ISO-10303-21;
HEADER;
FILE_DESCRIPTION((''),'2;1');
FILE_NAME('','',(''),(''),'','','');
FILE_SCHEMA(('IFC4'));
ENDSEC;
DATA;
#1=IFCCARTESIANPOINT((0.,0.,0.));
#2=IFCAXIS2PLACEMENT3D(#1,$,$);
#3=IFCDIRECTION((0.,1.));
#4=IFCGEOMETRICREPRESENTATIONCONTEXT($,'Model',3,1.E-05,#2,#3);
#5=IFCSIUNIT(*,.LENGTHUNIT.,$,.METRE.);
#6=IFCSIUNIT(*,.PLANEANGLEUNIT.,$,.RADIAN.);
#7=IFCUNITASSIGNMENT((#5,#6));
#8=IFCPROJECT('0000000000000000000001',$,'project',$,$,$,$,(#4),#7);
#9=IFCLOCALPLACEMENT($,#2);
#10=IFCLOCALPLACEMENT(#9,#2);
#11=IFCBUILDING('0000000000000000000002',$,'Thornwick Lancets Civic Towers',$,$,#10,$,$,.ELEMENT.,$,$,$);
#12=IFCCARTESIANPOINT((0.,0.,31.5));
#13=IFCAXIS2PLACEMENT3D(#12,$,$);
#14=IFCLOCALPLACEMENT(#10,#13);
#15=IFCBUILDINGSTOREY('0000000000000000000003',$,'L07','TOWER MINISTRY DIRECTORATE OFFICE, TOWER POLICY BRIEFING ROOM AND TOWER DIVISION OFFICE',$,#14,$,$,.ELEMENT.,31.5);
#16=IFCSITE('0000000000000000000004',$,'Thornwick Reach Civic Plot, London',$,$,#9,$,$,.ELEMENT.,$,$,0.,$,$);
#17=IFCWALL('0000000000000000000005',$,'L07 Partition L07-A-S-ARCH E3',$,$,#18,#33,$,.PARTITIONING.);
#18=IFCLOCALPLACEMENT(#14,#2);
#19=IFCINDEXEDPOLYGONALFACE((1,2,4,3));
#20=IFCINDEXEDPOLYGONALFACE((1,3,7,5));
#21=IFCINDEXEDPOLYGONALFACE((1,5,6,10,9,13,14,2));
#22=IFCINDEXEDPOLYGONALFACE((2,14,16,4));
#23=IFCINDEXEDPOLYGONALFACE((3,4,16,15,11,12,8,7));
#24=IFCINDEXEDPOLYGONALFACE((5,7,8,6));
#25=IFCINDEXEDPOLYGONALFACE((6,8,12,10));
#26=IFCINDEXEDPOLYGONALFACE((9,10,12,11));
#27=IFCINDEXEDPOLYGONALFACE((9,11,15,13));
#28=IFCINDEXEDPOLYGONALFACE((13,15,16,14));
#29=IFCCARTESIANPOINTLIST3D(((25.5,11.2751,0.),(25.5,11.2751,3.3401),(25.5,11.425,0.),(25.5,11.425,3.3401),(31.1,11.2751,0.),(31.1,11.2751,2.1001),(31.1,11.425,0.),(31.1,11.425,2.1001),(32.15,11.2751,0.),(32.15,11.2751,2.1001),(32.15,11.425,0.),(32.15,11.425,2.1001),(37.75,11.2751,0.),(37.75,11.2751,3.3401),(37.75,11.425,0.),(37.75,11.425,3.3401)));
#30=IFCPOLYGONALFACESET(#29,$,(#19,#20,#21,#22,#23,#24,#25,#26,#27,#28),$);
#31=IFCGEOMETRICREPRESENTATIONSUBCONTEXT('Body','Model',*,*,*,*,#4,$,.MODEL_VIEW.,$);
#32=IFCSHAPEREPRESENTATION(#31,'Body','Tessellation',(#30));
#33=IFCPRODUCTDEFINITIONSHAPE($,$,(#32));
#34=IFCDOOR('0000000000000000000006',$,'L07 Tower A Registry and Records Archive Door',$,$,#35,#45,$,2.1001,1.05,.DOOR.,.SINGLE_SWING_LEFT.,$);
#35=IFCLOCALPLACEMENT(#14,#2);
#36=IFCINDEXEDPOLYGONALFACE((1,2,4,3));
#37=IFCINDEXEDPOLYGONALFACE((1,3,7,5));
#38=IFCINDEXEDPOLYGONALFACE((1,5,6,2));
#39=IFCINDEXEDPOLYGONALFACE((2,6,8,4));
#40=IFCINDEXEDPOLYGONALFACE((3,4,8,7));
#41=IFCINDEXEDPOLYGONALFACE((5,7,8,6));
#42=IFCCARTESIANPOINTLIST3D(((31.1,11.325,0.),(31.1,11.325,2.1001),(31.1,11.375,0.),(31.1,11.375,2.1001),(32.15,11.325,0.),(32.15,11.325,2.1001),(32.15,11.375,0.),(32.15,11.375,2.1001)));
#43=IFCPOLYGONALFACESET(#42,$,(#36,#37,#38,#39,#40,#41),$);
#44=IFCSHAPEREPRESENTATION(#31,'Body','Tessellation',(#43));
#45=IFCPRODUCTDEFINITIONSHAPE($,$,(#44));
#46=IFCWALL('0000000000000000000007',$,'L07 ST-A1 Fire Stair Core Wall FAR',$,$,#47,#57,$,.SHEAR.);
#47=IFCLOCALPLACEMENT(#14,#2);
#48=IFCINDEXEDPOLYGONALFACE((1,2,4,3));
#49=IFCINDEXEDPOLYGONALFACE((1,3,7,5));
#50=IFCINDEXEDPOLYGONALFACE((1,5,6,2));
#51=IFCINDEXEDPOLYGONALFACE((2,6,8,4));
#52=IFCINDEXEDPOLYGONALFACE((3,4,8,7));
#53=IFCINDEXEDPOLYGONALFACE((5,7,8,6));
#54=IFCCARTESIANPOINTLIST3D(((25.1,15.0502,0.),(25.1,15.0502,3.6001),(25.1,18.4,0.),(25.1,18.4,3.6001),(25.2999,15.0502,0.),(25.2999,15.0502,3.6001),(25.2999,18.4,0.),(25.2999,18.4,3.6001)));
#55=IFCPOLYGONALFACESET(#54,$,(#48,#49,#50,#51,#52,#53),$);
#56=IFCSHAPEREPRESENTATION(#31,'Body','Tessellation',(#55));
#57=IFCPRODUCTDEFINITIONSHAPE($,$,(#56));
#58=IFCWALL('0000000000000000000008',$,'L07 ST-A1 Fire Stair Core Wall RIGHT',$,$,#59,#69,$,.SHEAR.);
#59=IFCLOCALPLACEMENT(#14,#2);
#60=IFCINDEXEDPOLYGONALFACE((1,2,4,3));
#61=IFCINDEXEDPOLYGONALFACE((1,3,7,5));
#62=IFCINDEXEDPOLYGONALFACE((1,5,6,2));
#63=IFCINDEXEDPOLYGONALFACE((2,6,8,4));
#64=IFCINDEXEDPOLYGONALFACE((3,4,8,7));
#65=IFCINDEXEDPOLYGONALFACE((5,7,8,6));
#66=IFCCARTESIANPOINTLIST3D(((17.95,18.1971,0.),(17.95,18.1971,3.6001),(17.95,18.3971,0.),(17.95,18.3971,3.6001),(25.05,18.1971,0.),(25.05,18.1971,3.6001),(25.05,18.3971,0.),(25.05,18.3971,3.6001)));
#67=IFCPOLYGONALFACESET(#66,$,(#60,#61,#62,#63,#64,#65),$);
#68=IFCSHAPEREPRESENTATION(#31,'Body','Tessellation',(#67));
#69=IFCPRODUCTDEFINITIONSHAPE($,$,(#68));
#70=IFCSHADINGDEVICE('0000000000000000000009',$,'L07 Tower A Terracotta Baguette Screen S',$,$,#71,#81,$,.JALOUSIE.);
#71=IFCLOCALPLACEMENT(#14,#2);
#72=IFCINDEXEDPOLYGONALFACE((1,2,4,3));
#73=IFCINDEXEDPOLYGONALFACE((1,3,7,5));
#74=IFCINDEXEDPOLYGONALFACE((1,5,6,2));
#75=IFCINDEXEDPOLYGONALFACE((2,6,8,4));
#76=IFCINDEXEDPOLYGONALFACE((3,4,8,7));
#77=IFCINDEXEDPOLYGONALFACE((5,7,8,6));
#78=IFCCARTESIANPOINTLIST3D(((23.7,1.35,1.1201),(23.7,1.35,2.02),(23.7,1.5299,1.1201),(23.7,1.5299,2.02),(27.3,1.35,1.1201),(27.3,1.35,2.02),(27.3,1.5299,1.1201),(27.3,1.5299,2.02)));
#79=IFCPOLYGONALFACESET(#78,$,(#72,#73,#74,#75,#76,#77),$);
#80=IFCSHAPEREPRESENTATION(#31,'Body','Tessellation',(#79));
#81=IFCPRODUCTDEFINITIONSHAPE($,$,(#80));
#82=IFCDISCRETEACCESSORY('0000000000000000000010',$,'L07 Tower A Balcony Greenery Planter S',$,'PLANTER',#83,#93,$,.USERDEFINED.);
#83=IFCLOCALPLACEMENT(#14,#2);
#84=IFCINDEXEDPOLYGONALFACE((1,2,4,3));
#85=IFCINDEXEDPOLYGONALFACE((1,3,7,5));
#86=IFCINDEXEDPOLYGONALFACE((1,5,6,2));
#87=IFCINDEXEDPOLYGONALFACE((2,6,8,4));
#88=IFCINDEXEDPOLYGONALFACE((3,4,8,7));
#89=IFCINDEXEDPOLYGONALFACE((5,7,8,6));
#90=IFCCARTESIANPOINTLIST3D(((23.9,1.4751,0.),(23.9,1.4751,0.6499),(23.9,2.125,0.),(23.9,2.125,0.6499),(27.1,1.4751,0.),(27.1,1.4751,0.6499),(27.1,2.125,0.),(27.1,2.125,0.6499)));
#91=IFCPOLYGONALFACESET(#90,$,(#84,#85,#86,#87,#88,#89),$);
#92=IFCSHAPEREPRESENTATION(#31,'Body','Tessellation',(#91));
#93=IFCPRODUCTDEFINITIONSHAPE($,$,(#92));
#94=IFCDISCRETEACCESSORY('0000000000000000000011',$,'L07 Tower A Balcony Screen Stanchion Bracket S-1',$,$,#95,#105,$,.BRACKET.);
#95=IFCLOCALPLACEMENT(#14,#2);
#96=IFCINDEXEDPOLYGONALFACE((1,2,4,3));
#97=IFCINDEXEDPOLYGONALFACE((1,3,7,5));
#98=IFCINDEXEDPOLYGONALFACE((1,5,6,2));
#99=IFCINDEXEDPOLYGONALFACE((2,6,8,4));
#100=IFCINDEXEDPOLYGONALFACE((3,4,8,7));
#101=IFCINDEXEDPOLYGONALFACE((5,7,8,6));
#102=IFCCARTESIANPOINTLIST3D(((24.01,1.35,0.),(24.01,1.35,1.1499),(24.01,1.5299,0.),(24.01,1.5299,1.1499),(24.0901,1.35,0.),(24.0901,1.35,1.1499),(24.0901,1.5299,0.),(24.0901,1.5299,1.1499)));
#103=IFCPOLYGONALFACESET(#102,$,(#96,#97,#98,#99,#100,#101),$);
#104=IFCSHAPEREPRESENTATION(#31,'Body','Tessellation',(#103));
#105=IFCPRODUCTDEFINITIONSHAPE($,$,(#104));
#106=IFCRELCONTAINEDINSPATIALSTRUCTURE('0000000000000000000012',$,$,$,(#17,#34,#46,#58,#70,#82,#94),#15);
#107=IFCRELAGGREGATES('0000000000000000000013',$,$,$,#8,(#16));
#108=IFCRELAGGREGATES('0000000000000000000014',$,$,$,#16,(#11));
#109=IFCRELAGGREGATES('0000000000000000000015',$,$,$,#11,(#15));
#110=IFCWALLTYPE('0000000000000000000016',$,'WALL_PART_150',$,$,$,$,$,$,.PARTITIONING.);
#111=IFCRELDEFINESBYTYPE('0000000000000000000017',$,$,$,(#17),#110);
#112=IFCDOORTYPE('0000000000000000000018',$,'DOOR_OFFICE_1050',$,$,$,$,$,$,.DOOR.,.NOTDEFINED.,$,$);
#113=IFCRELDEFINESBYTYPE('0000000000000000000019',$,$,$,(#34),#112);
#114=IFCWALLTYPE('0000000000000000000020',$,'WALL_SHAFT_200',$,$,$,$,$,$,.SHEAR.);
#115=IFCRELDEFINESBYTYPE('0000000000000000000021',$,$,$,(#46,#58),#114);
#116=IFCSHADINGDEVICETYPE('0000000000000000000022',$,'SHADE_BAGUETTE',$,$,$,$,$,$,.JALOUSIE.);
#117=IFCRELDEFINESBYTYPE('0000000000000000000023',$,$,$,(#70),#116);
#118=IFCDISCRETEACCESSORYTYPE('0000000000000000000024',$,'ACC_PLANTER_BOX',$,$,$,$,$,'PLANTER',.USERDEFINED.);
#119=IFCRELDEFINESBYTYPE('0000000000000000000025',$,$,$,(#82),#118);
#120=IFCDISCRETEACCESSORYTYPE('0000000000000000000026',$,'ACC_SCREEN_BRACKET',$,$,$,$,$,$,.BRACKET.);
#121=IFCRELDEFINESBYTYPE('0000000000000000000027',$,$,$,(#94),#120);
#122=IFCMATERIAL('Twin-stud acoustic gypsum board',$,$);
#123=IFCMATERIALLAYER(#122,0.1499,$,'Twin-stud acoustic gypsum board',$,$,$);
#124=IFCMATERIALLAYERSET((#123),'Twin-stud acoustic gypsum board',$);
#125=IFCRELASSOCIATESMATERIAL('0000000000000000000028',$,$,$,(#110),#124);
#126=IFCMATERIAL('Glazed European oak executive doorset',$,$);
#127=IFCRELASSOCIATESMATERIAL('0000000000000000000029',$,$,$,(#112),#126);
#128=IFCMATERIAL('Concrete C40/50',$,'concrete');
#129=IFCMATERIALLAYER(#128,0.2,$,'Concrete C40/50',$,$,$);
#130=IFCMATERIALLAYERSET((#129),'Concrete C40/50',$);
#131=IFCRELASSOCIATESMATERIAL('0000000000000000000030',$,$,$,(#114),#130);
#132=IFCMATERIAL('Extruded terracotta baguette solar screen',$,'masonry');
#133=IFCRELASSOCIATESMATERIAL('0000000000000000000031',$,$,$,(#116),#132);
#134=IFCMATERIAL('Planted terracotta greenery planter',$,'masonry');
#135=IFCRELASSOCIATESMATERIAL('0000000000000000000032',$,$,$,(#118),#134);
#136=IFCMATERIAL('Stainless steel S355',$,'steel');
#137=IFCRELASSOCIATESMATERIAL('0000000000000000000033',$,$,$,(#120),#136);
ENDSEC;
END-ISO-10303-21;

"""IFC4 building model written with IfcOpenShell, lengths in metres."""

from ifc_helpers import new_model, si_unit, direction, frame, frame_2d, origin, origin_2d, place, context, subcontext, project, spatial, rectangle, extrude, material, layer, layer_set, type_object, element, fill, save


model = new_model("IFC4")

# Units and contexts
model_context = context("Model", 3, precision=1e-05, world=origin(), true_north=direction((0.0, 1.0)))
body_context = subcontext(model_context, "Body", "Model", "MODEL_VIEW")
ifc_project = project(units=[si_unit("LENGTHUNIT", "METRE"), si_unit("PLANEANGLEUNIT", "RADIAN")], contexts=[model_context])

# Site, building, storey
site_placement = place(None, origin())
site = spatial("IfcSite", under=ifc_project, at=site_placement, Name="Thornwick Reach Civic Plot, London", CompositionType="ELEMENT", RefElevation=0.0)
building_placement = place(site_placement, origin())
building = spatial("IfcBuilding", under=site, at=building_placement, Name="Thornwick Lancets Civic Towers", CompositionType="ELEMENT")
storey_placement = place(building_placement, frame((0.0, 0.0, 31.5)))
storey = spatial("IfcBuildingStorey", under=building, at=storey_placement, Name="L07", Description="TOWER MINISTRY DIRECTORATE OFFICE, TOWER POLICY BRIEFING ROOM AND TOWER DIVISION OFFICE", CompositionType="ELEMENT", Elevation=31.5)

# Shared definitions
ifc_material_1 = material(Name="Concrete C40/50", Category="concrete")

# Shared definitions
ifc_material_2 = material(Name="Twin-stud acoustic gypsum board")
ifc_layer_1 = layer(ifc_material_2, 0.1499, Name="Twin-stud acoustic gypsum board")
ifc_layer_set_1 = layer_set([ifc_layer_1], Name="Twin-stud acoustic gypsum board")
wall_type_1 = type_object("IfcWallType", Name="WALL_PART_150", PredefinedType="PARTITIONING", material=ifc_layer_set_1)

# Wall, opening, door
wall_1_placement = place(storey_placement, frame((25.5, 11.3501, 0.0), z_axis=(0.0, 0.0, 1.0), x_axis=(1.0, 0.0, 0.0)))
wall_1 = element("IfcWall", 1, at=wall_1_placement, inside=storey, type_object=wall_type_1, Name="L07 Partition L07-A-S-ARCH E3", PredefinedType="PARTITIONING", context=body_context, shape_type="SweptSolid", body=[
    extrude(rectangle(XDim=12.25, YDim=0.1499, at=frame_2d((6.125, 0.0))), origin(), (0.0, 0.0, 1.0), 3.3401),
])
opening_1_placement = place(wall_1_placement, frame((5.6001, 0.0, 0.0)))
opening_1 = element("IfcOpeningElement", 2, at=opening_1_placement, cuts=wall_1, PredefinedType="OPENING", context=body_context, shape_type="SweptSolid", body=[
    extrude(rectangle(XDim=1.05, YDim=2.1001, at=frame_2d((0.5249, 1.05))), frame((0.0, 0.085, 0.0), z_axis=(0.0, -1.0, 0.0), x_axis=(1.0, 0.0, 0.0)), (0.0, 0.0, 1.0), 0.1699),
])
ifc_material_3 = material(Name="Glazed European oak executive doorset")
door_type_1 = type_object("IfcDoorType", Name="DOOR_OFFICE_1050", OperationType="NOTDEFINED", PredefinedType="DOOR", material=ifc_material_3)
door_1_placement = place(opening_1_placement, origin())
door_1 = element("IfcDoor", 3, at=door_1_placement, inside=storey, type_object=door_type_1, Name="L07 Tower A Registry and Records Archive Door", OperationType="SINGLE_SWING_LEFT", OverallHeight=2.1001, OverallWidth=1.05, PredefinedType="DOOR", context=body_context, shape_type="SweptSolid", body=[
    extrude(rectangle(XDim=1.05, YDim=2.1001, at=frame_2d((0.5249, 1.05))), frame((0.0, 0.0249, 0.0), z_axis=(0.0, -1.0, 0.0), x_axis=(1.0, 0.0, 0.0)), (0.0, 0.0, 1.0), 0.05),
])
fill(opening_1, door_1)

# Walls
ifc_layer_2 = layer(ifc_material_1, 0.2, Name="Concrete C40/50")
ifc_layer_set_2 = layer_set([ifc_layer_2], Name="Concrete C40/50")
wall_type_2 = type_object("IfcWallType", Name="WALL_SHAFT_200", PredefinedType="SHEAR", material=ifc_layer_set_2)
wall_2_placement = place(storey_placement, frame((25.2, 18.3999, 0.0), z_axis=(0.0, 0.0, 1.0), x_axis=(0.0, -1.0, 0.0)))
element("IfcWall", 4, at=wall_2_placement, inside=storey, type_object=wall_type_2, Name="L07 ST-A1 Fire Stair Core Wall FAR", PredefinedType="SHEAR", context=body_context, shape_type="SweptSolid", body=[
    extrude(rectangle(XDim=3.3499, YDim=0.2, at=frame_2d((1.6748, 0.0))), origin(), (0.0, 0.0, 1.0), 3.6001),
])
wall_3_placement = place(storey_placement, frame((25.05, 18.2971, 0.0), z_axis=(0.0, 0.0, 1.0), x_axis=(-1.0, 0.0, 0.0)))
element("IfcWall", 5, at=wall_3_placement, inside=storey, type_object=wall_type_2, Name="L07 ST-A1 Fire Stair Core Wall RIGHT", PredefinedType="SHEAR", context=body_context, shape_type="SweptSolid", body=[
    extrude(rectangle(XDim=7.1001, YDim=0.2, at=frame_2d((3.55, 0.0))), origin(), (0.0, 0.0, 1.0), 3.6001),
])

# Shading device
ifc_material_4 = material(Name="Extruded terracotta baguette solar screen", Category="masonry")
shading_device_type = type_object("IfcShadingDeviceType", Name="SHADE_BAGUETTE", PredefinedType="JALOUSIE", material=ifc_material_4)
shading_device_placement = place(storey_placement, frame((25.5, 1.4399, 1.1201), z_axis=(0.0, 0.0, 1.0), x_axis=(1.0, 0.0, 0.0)))
element("IfcShadingDevice", 6, at=shading_device_placement, inside=storey, type_object=shading_device_type, Name="L07 Tower A Terracotta Baguette Screen S", PredefinedType="JALOUSIE", context=body_context, shape_type="SweptSolid", body=[
    extrude(rectangle(XDim=3.6001, YDim=0.1799, at=origin_2d()), origin(), (0.0, 0.0, 1.0), 0.8999),
])

# Discrete accessories
ifc_material_5 = material(Name="Planted terracotta greenery planter", Category="masonry")
discrete_accessory_type_1 = type_object("IfcDiscreteAccessoryType", Name="ACC_PLANTER_BOX", ElementType="PLANTER", PredefinedType="USERDEFINED", material=ifc_material_5)
discrete_accessory_1_placement = place(storey_placement, frame((25.5, 1.8, 0.0), z_axis=(0.0, 0.0, 1.0), x_axis=(1.0, 0.0, 0.0)))
element("IfcDiscreteAccessory", 7, at=discrete_accessory_1_placement, inside=storey, type_object=discrete_accessory_type_1, Name="L07 Tower A Balcony Greenery Planter S", ObjectType="PLANTER", PredefinedType="USERDEFINED", context=body_context, shape_type="SweptSolid", body=[
    extrude(rectangle(XDim=3.2, YDim=0.6499, at=origin_2d()), origin(), (0.0, 0.0, 1.0), 0.6499),
])
ifc_material_6 = material(Name="Stainless steel S355", Category="steel")
discrete_accessory_type_2 = type_object("IfcDiscreteAccessoryType", Name="ACC_SCREEN_BRACKET", PredefinedType="BRACKET", material=ifc_material_6)
discrete_accessory_2_placement = place(storey_placement, frame((24.05, 1.4399, 0.0), z_axis=(0.0, 0.0, 1.0), x_axis=(1.0, 0.0, 0.0)))
element("IfcDiscreteAccessory", 8, at=discrete_accessory_2_placement, inside=storey, type_object=discrete_accessory_type_2, Name="L07 Tower A Balcony Screen Stanchion Bracket S-1", PredefinedType="BRACKET", context=body_context, shape_type="SweptSolid", body=[
    extrude(rectangle(XDim=0.0801, YDim=0.1799, at=origin_2d()), origin(), (0.0, 0.0, 1.0), 1.1499),
])

save(model, "model.ifc")
